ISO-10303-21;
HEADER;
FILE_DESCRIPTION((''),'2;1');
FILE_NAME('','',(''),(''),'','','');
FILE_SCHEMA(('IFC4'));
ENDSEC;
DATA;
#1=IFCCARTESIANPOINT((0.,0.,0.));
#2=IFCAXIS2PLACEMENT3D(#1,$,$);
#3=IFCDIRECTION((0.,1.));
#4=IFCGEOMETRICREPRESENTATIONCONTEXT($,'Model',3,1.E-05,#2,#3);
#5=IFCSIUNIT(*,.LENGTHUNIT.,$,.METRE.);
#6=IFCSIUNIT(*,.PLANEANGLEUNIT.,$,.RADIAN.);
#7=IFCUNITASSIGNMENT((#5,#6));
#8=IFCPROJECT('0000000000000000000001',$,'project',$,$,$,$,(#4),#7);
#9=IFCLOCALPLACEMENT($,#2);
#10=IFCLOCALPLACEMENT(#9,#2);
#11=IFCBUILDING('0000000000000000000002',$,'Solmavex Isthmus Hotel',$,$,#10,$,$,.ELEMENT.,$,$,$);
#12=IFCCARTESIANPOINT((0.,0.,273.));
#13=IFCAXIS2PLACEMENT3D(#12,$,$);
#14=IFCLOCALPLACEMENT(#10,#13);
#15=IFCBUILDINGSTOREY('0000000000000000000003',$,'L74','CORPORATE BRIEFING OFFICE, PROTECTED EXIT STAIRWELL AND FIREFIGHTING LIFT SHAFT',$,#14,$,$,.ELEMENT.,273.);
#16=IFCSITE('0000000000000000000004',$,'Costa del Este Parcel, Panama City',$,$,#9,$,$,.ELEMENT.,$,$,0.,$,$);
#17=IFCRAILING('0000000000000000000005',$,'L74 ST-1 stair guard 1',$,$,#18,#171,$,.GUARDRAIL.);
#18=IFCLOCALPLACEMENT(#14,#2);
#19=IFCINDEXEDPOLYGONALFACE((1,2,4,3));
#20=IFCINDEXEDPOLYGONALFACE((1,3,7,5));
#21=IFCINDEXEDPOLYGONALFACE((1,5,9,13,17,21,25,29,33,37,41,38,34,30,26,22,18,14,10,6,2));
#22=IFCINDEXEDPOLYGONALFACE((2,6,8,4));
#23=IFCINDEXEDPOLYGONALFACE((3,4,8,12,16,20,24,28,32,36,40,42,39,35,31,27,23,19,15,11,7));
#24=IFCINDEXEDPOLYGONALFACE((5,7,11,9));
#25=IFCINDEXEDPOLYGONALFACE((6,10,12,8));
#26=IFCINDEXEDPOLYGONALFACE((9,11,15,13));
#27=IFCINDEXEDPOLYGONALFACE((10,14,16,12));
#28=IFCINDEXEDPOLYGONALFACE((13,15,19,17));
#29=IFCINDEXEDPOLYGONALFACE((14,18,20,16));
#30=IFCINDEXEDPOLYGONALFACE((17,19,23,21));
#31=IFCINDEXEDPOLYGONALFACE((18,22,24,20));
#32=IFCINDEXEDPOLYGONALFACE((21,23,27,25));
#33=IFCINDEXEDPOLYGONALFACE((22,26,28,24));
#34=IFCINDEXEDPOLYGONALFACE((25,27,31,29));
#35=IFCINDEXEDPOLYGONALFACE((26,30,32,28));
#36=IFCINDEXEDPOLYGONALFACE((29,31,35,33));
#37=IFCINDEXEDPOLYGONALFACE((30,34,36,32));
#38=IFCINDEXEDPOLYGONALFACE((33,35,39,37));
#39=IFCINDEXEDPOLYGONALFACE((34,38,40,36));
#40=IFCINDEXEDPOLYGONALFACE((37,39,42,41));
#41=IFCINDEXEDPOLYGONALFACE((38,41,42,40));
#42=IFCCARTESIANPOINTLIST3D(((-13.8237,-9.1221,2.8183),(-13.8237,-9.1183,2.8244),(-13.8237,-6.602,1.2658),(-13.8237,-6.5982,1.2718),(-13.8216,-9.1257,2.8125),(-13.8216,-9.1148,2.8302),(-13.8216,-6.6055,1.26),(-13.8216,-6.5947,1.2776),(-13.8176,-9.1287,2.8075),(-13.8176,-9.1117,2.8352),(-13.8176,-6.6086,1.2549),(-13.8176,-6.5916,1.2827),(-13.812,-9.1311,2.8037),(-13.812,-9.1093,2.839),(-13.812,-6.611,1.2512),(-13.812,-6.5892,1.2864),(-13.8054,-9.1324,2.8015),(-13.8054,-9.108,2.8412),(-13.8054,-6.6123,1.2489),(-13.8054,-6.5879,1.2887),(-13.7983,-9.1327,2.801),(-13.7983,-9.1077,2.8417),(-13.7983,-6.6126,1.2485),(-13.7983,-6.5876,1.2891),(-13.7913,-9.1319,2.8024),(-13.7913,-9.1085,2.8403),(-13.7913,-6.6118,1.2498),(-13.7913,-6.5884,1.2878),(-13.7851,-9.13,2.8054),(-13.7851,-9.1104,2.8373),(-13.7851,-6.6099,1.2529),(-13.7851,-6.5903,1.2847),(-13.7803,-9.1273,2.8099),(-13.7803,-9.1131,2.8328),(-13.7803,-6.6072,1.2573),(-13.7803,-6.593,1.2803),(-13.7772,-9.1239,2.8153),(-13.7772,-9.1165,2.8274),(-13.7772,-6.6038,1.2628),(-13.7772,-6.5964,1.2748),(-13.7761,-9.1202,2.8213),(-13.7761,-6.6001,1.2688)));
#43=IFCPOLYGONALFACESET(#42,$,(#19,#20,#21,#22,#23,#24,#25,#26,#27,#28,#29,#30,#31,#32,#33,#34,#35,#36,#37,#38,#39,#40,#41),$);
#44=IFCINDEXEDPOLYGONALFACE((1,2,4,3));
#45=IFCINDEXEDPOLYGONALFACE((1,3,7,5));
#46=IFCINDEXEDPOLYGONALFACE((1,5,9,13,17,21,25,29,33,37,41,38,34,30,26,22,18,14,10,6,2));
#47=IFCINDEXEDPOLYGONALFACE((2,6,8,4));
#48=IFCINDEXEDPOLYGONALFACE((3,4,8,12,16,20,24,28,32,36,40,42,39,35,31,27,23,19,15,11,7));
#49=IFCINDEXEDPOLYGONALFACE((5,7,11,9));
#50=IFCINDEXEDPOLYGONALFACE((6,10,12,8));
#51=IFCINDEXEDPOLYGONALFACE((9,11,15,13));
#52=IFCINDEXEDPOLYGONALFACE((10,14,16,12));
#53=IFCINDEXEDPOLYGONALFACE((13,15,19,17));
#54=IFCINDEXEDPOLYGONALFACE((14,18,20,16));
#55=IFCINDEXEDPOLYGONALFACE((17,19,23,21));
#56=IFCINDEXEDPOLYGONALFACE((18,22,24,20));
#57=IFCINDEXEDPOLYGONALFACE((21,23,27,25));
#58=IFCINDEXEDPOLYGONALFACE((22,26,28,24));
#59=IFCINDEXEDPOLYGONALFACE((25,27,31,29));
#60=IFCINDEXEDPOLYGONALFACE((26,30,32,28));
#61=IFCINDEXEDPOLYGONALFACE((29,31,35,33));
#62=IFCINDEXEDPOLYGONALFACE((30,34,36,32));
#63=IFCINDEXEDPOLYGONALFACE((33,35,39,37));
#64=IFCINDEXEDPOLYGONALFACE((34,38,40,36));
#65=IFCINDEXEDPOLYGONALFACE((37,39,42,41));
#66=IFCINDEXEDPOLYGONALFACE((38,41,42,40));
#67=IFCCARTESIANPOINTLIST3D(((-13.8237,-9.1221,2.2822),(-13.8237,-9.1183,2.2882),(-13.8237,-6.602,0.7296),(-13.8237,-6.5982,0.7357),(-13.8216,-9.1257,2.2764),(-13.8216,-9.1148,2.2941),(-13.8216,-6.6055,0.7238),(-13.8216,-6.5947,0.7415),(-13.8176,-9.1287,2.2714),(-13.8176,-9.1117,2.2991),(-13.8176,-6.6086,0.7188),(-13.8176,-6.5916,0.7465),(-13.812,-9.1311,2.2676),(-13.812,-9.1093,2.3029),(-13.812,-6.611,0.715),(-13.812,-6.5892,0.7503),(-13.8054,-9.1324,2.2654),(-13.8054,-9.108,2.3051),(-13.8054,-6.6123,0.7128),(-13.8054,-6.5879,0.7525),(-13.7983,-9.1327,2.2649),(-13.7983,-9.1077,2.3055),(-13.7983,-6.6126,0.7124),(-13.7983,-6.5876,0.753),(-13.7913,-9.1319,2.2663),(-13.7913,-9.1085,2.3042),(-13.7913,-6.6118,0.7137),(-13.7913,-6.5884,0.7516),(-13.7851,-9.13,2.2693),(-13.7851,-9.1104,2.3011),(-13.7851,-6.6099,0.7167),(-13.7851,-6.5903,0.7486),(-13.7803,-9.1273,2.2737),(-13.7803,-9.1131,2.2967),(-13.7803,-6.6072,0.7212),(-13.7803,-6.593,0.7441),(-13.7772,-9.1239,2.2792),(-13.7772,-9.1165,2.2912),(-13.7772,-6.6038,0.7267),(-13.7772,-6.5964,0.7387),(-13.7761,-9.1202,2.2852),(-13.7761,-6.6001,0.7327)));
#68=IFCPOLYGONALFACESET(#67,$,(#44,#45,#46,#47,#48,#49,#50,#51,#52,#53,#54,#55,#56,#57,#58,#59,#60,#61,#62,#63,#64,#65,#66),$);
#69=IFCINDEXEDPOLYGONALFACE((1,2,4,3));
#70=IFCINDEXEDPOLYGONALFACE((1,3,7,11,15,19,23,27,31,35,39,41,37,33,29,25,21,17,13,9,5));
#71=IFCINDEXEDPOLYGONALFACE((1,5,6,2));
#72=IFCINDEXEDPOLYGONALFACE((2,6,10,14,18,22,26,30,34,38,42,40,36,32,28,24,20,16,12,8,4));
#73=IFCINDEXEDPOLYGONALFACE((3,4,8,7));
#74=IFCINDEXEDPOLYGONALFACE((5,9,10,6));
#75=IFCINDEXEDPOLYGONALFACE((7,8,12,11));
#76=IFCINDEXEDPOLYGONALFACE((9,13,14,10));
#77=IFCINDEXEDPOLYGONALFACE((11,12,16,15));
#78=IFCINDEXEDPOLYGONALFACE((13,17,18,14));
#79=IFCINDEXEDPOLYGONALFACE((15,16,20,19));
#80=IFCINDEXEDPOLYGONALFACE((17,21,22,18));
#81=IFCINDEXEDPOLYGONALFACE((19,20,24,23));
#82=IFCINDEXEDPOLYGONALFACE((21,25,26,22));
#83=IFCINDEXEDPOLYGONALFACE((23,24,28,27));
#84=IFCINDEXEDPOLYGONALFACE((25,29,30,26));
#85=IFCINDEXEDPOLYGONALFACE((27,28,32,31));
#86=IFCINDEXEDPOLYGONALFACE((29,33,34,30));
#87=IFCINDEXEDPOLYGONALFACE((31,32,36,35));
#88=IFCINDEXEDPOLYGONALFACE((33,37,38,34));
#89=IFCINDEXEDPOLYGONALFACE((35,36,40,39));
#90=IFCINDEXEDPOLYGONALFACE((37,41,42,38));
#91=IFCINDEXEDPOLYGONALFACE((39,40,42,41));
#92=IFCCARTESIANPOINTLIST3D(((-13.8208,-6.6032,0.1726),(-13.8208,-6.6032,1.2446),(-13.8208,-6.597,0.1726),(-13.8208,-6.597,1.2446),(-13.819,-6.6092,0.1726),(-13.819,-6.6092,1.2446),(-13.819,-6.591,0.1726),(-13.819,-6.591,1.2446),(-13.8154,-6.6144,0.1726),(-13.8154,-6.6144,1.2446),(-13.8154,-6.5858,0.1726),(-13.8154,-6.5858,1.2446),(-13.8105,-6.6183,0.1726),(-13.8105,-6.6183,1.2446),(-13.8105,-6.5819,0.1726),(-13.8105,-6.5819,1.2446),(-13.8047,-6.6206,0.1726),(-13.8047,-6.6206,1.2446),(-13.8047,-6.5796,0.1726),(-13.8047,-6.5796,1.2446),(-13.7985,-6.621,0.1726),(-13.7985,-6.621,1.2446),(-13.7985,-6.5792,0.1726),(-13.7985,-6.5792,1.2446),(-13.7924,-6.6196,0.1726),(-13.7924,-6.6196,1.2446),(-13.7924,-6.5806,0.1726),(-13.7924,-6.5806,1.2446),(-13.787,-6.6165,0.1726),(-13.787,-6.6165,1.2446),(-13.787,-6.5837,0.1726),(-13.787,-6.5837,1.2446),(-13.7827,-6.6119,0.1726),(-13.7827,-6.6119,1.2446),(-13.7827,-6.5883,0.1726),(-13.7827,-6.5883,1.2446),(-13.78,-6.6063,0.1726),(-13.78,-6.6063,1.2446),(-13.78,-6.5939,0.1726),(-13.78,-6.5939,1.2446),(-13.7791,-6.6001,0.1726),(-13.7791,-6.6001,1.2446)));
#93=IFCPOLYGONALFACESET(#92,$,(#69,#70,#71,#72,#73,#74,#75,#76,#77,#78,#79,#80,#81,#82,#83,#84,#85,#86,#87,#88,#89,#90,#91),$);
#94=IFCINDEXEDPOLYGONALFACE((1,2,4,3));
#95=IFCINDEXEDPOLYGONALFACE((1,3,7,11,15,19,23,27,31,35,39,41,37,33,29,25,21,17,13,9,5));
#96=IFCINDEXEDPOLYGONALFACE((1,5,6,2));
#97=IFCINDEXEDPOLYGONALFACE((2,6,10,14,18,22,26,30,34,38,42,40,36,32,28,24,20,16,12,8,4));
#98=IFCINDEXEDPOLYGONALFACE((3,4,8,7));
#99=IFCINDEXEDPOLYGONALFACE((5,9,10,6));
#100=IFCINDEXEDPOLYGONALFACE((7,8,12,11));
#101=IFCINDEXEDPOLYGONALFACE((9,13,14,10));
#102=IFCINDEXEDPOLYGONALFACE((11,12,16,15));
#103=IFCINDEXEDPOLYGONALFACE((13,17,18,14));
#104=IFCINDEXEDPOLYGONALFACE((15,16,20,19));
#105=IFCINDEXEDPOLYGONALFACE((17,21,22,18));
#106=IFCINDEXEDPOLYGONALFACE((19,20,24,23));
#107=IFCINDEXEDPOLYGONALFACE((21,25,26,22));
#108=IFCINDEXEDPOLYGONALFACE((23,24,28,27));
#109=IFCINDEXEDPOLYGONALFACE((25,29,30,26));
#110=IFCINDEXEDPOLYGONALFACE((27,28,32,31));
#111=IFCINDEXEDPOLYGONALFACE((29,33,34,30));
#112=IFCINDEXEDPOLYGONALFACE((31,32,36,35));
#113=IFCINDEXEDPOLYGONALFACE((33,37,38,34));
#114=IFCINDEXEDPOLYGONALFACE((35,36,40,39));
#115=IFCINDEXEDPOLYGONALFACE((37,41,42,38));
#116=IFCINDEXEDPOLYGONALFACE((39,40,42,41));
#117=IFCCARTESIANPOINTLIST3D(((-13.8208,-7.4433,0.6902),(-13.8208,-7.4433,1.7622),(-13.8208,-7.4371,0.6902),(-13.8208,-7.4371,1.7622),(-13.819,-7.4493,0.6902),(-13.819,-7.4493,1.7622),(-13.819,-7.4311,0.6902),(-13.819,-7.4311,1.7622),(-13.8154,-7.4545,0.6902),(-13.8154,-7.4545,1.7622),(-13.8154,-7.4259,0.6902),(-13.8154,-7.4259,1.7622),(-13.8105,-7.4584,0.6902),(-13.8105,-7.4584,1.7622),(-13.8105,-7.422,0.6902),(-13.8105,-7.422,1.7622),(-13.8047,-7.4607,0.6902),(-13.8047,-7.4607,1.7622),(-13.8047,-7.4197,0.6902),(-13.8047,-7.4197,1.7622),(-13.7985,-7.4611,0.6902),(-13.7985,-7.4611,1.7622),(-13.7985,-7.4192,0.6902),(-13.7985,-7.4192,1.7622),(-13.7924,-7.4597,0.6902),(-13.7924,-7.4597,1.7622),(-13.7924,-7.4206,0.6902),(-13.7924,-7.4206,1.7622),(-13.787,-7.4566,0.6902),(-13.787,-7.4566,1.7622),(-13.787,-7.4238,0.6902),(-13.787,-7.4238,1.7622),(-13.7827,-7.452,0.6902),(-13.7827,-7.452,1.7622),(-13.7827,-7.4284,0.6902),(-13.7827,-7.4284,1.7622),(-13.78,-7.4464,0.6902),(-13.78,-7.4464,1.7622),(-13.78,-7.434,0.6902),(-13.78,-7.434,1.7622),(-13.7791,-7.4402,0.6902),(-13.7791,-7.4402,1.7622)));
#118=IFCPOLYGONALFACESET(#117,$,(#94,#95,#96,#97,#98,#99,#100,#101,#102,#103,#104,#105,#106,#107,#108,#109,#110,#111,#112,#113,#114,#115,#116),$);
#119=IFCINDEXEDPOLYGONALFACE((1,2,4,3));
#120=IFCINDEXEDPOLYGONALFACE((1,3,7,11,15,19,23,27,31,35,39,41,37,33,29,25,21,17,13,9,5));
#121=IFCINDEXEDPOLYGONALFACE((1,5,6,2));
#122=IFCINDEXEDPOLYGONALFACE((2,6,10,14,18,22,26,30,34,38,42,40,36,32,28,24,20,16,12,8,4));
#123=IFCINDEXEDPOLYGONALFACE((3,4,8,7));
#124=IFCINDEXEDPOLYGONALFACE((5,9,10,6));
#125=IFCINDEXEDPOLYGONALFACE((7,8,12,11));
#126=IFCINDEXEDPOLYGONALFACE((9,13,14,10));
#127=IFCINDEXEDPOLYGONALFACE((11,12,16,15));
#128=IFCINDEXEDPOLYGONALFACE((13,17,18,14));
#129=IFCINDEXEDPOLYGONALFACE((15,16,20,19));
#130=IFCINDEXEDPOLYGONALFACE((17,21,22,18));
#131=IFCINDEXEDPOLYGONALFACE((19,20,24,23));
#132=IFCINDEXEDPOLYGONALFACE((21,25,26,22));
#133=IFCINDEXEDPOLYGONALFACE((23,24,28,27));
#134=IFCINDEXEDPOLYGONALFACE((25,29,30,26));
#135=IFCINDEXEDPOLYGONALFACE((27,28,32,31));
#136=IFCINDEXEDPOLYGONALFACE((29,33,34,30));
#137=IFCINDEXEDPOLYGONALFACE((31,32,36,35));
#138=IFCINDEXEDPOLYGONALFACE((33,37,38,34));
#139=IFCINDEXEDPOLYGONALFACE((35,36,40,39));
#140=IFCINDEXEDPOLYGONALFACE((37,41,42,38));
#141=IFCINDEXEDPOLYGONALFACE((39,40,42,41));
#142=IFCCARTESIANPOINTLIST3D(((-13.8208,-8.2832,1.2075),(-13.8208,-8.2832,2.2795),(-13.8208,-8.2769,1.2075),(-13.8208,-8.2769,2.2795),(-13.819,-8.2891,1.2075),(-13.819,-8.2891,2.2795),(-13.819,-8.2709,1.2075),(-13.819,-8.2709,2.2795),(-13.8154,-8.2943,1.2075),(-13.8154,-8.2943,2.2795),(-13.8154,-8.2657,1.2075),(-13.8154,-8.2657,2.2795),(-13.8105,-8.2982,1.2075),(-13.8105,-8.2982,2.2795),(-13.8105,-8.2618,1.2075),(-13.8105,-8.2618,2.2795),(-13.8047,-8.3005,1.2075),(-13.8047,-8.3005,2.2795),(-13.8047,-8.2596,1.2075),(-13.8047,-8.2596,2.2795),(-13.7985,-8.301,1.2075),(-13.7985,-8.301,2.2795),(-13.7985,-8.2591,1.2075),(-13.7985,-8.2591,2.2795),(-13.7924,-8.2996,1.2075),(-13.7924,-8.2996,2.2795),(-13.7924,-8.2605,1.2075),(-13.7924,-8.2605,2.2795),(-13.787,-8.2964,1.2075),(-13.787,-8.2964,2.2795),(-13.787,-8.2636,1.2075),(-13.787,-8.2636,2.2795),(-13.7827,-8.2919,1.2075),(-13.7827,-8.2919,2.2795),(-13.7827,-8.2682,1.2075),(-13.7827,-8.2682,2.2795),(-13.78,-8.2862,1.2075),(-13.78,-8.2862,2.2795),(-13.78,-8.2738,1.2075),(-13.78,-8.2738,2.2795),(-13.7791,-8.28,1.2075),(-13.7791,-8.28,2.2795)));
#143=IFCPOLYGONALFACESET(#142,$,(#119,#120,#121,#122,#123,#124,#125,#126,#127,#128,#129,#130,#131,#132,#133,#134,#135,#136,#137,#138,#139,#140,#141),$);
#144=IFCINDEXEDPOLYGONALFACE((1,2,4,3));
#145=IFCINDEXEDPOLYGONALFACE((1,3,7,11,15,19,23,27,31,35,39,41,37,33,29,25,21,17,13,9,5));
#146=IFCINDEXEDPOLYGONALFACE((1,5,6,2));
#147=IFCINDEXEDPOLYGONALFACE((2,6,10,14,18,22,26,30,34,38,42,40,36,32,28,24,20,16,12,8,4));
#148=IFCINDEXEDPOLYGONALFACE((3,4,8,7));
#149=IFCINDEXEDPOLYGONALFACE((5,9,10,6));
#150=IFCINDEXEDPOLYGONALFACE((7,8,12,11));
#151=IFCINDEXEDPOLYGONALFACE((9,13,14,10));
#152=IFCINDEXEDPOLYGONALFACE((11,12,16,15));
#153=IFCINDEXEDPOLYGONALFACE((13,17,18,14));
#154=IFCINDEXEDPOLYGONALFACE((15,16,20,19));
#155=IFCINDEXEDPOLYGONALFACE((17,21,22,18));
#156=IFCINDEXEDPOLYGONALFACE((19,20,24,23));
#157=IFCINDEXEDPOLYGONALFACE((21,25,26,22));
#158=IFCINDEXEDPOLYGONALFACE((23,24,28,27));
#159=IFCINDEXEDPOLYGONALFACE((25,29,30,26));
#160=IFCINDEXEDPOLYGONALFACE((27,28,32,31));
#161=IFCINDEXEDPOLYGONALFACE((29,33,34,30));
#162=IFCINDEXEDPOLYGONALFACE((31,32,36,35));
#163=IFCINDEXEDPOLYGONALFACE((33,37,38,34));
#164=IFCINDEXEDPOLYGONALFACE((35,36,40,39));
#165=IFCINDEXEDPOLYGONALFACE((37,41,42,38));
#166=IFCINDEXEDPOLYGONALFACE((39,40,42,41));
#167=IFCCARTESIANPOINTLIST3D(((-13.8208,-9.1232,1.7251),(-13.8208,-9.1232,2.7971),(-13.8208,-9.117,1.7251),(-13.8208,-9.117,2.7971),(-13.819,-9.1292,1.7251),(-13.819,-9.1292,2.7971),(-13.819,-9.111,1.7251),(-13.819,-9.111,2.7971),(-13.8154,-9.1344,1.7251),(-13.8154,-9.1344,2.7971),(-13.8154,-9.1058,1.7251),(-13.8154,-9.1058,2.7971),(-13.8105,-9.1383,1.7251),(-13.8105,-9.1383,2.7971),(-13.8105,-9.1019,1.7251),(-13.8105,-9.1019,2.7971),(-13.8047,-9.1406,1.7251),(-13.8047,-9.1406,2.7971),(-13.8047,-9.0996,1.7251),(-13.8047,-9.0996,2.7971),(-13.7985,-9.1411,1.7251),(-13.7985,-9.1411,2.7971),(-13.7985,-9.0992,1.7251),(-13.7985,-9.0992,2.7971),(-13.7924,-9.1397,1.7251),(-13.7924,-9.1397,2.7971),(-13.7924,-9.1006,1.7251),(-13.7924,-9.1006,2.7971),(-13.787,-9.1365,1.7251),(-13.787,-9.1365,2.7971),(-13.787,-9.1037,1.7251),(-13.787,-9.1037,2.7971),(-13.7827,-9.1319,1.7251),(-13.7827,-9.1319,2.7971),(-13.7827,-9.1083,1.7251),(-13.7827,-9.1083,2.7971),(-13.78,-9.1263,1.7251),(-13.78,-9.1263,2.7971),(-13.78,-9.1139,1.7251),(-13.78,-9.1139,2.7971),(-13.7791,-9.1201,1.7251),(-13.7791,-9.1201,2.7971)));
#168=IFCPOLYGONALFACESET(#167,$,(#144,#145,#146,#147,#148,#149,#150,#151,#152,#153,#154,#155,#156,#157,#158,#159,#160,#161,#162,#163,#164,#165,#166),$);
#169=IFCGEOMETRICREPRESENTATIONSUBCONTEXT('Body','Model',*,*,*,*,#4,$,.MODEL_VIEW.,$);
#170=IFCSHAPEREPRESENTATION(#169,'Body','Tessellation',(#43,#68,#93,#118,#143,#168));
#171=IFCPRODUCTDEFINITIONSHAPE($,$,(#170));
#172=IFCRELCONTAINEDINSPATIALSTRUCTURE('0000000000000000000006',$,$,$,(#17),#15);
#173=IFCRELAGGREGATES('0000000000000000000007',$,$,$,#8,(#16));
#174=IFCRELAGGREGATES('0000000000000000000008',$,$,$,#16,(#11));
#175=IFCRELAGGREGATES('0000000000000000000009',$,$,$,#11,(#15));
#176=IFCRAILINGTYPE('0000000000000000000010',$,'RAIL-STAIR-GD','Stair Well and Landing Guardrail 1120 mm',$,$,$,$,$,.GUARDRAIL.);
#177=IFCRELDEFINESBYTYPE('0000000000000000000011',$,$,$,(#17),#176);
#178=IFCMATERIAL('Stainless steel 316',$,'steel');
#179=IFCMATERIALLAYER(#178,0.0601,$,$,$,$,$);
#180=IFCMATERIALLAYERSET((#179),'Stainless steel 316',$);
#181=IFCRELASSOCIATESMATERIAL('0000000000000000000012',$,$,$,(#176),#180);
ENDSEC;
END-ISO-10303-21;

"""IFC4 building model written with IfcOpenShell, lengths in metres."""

from ifc_helpers import new_model, si_unit, direction, frame, origin, origin_2d, place, context, subcontext, project, spatial, circle, extrude, material, layer, layer_set, type_object, element, save


model = new_model("IFC4")

# Units and contexts
model_context = context("Model", 3, precision=1e-05, world=origin(), true_north=direction((0.0, 1.0)))
body_context = subcontext(model_context, "Body", "Model", "MODEL_VIEW")
ifc_project = project(units=[si_unit("LENGTHUNIT", "METRE"), si_unit("PLANEANGLEUNIT", "RADIAN")], contexts=[model_context])

# Site, building, storey
site_placement = place(None, origin())
site = spatial("IfcSite", under=ifc_project, at=site_placement, Name="Costa del Este Parcel, Panama City", CompositionType="ELEMENT", RefElevation=0.0)
building_placement = place(site_placement, origin())
building = spatial("IfcBuilding", under=site, at=building_placement, Name="Solmavex Isthmus Hotel", CompositionType="ELEMENT")
storey_placement = place(building_placement, frame((0.0, 0.0, 273.0)))
storey = spatial("IfcBuildingStorey", under=building, at=storey_placement, Name="L74", Description="CORPORATE BRIEFING OFFICE, PROTECTED EXIT STAIRWELL AND FIREFIGHTING LIFT SHAFT", CompositionType="ELEMENT", Elevation=273.0)

# Shared definitions
ifc_material_1 = material(Name="Stainless steel 316", Category="steel")

# Railing
ifc_layer_1 = layer(ifc_material_1, 0.0601)
ifc_layer_set_1 = layer_set([ifc_layer_1], Name="Stainless steel 316")
railing_type_1 = type_object("IfcRailingType", Name="RAIL-STAIR-GD", Description="Stair Well and Landing Guardrail 1120 mm", PredefinedType="GUARDRAIL", material=ifc_layer_set_1)
railing_1_placement = place(storey_placement, frame((-13.8, -6.6001, 0.1726)))
element("IfcRailing", 1, at=railing_1_placement, inside=storey, type_object=railing_type_1, Name="L74 ST-1 stair guard 1", PredefinedType="GUARDRAIL", context=body_context, shape_type="SweptSolid", body=[
    extrude(circle(Radius=0.0239, at=origin_2d()), frame((0.0, 0.0, 1.0962), z_axis=(0.0, -0.8514, 0.524516), x_axis=(1.0, 0.0, 0.0)), (0.0, 0.0, 1.0), 2.96),
    extrude(circle(Radius=0.0239, at=origin_2d()), frame((0.0, 0.0, 0.5601), z_axis=(0.0, -0.8514, 0.524516), x_axis=(1.0, 0.0, 0.0)), (0.0, 0.0, 1.0), 2.96),
    extrude(circle(Radius=0.021, at=origin_2d()), origin(), (0.0, 0.0, 1.0), 1.072),
    extrude(circle(Radius=0.021, at=origin_2d()), frame((0.0, -0.8401, 0.5176)), (0.0, 0.0, 1.0), 1.072),
    extrude(circle(Radius=0.021, at=origin_2d()), frame((0.0, -1.6799, 1.0349)), (0.0, 0.0, 1.0), 1.072),
    extrude(circle(Radius=0.021, at=origin_2d()), frame((0.0, -2.52, 1.5525)), (0.0, 0.0, 1.0), 1.072),
])

save(model, "model.ifc")
